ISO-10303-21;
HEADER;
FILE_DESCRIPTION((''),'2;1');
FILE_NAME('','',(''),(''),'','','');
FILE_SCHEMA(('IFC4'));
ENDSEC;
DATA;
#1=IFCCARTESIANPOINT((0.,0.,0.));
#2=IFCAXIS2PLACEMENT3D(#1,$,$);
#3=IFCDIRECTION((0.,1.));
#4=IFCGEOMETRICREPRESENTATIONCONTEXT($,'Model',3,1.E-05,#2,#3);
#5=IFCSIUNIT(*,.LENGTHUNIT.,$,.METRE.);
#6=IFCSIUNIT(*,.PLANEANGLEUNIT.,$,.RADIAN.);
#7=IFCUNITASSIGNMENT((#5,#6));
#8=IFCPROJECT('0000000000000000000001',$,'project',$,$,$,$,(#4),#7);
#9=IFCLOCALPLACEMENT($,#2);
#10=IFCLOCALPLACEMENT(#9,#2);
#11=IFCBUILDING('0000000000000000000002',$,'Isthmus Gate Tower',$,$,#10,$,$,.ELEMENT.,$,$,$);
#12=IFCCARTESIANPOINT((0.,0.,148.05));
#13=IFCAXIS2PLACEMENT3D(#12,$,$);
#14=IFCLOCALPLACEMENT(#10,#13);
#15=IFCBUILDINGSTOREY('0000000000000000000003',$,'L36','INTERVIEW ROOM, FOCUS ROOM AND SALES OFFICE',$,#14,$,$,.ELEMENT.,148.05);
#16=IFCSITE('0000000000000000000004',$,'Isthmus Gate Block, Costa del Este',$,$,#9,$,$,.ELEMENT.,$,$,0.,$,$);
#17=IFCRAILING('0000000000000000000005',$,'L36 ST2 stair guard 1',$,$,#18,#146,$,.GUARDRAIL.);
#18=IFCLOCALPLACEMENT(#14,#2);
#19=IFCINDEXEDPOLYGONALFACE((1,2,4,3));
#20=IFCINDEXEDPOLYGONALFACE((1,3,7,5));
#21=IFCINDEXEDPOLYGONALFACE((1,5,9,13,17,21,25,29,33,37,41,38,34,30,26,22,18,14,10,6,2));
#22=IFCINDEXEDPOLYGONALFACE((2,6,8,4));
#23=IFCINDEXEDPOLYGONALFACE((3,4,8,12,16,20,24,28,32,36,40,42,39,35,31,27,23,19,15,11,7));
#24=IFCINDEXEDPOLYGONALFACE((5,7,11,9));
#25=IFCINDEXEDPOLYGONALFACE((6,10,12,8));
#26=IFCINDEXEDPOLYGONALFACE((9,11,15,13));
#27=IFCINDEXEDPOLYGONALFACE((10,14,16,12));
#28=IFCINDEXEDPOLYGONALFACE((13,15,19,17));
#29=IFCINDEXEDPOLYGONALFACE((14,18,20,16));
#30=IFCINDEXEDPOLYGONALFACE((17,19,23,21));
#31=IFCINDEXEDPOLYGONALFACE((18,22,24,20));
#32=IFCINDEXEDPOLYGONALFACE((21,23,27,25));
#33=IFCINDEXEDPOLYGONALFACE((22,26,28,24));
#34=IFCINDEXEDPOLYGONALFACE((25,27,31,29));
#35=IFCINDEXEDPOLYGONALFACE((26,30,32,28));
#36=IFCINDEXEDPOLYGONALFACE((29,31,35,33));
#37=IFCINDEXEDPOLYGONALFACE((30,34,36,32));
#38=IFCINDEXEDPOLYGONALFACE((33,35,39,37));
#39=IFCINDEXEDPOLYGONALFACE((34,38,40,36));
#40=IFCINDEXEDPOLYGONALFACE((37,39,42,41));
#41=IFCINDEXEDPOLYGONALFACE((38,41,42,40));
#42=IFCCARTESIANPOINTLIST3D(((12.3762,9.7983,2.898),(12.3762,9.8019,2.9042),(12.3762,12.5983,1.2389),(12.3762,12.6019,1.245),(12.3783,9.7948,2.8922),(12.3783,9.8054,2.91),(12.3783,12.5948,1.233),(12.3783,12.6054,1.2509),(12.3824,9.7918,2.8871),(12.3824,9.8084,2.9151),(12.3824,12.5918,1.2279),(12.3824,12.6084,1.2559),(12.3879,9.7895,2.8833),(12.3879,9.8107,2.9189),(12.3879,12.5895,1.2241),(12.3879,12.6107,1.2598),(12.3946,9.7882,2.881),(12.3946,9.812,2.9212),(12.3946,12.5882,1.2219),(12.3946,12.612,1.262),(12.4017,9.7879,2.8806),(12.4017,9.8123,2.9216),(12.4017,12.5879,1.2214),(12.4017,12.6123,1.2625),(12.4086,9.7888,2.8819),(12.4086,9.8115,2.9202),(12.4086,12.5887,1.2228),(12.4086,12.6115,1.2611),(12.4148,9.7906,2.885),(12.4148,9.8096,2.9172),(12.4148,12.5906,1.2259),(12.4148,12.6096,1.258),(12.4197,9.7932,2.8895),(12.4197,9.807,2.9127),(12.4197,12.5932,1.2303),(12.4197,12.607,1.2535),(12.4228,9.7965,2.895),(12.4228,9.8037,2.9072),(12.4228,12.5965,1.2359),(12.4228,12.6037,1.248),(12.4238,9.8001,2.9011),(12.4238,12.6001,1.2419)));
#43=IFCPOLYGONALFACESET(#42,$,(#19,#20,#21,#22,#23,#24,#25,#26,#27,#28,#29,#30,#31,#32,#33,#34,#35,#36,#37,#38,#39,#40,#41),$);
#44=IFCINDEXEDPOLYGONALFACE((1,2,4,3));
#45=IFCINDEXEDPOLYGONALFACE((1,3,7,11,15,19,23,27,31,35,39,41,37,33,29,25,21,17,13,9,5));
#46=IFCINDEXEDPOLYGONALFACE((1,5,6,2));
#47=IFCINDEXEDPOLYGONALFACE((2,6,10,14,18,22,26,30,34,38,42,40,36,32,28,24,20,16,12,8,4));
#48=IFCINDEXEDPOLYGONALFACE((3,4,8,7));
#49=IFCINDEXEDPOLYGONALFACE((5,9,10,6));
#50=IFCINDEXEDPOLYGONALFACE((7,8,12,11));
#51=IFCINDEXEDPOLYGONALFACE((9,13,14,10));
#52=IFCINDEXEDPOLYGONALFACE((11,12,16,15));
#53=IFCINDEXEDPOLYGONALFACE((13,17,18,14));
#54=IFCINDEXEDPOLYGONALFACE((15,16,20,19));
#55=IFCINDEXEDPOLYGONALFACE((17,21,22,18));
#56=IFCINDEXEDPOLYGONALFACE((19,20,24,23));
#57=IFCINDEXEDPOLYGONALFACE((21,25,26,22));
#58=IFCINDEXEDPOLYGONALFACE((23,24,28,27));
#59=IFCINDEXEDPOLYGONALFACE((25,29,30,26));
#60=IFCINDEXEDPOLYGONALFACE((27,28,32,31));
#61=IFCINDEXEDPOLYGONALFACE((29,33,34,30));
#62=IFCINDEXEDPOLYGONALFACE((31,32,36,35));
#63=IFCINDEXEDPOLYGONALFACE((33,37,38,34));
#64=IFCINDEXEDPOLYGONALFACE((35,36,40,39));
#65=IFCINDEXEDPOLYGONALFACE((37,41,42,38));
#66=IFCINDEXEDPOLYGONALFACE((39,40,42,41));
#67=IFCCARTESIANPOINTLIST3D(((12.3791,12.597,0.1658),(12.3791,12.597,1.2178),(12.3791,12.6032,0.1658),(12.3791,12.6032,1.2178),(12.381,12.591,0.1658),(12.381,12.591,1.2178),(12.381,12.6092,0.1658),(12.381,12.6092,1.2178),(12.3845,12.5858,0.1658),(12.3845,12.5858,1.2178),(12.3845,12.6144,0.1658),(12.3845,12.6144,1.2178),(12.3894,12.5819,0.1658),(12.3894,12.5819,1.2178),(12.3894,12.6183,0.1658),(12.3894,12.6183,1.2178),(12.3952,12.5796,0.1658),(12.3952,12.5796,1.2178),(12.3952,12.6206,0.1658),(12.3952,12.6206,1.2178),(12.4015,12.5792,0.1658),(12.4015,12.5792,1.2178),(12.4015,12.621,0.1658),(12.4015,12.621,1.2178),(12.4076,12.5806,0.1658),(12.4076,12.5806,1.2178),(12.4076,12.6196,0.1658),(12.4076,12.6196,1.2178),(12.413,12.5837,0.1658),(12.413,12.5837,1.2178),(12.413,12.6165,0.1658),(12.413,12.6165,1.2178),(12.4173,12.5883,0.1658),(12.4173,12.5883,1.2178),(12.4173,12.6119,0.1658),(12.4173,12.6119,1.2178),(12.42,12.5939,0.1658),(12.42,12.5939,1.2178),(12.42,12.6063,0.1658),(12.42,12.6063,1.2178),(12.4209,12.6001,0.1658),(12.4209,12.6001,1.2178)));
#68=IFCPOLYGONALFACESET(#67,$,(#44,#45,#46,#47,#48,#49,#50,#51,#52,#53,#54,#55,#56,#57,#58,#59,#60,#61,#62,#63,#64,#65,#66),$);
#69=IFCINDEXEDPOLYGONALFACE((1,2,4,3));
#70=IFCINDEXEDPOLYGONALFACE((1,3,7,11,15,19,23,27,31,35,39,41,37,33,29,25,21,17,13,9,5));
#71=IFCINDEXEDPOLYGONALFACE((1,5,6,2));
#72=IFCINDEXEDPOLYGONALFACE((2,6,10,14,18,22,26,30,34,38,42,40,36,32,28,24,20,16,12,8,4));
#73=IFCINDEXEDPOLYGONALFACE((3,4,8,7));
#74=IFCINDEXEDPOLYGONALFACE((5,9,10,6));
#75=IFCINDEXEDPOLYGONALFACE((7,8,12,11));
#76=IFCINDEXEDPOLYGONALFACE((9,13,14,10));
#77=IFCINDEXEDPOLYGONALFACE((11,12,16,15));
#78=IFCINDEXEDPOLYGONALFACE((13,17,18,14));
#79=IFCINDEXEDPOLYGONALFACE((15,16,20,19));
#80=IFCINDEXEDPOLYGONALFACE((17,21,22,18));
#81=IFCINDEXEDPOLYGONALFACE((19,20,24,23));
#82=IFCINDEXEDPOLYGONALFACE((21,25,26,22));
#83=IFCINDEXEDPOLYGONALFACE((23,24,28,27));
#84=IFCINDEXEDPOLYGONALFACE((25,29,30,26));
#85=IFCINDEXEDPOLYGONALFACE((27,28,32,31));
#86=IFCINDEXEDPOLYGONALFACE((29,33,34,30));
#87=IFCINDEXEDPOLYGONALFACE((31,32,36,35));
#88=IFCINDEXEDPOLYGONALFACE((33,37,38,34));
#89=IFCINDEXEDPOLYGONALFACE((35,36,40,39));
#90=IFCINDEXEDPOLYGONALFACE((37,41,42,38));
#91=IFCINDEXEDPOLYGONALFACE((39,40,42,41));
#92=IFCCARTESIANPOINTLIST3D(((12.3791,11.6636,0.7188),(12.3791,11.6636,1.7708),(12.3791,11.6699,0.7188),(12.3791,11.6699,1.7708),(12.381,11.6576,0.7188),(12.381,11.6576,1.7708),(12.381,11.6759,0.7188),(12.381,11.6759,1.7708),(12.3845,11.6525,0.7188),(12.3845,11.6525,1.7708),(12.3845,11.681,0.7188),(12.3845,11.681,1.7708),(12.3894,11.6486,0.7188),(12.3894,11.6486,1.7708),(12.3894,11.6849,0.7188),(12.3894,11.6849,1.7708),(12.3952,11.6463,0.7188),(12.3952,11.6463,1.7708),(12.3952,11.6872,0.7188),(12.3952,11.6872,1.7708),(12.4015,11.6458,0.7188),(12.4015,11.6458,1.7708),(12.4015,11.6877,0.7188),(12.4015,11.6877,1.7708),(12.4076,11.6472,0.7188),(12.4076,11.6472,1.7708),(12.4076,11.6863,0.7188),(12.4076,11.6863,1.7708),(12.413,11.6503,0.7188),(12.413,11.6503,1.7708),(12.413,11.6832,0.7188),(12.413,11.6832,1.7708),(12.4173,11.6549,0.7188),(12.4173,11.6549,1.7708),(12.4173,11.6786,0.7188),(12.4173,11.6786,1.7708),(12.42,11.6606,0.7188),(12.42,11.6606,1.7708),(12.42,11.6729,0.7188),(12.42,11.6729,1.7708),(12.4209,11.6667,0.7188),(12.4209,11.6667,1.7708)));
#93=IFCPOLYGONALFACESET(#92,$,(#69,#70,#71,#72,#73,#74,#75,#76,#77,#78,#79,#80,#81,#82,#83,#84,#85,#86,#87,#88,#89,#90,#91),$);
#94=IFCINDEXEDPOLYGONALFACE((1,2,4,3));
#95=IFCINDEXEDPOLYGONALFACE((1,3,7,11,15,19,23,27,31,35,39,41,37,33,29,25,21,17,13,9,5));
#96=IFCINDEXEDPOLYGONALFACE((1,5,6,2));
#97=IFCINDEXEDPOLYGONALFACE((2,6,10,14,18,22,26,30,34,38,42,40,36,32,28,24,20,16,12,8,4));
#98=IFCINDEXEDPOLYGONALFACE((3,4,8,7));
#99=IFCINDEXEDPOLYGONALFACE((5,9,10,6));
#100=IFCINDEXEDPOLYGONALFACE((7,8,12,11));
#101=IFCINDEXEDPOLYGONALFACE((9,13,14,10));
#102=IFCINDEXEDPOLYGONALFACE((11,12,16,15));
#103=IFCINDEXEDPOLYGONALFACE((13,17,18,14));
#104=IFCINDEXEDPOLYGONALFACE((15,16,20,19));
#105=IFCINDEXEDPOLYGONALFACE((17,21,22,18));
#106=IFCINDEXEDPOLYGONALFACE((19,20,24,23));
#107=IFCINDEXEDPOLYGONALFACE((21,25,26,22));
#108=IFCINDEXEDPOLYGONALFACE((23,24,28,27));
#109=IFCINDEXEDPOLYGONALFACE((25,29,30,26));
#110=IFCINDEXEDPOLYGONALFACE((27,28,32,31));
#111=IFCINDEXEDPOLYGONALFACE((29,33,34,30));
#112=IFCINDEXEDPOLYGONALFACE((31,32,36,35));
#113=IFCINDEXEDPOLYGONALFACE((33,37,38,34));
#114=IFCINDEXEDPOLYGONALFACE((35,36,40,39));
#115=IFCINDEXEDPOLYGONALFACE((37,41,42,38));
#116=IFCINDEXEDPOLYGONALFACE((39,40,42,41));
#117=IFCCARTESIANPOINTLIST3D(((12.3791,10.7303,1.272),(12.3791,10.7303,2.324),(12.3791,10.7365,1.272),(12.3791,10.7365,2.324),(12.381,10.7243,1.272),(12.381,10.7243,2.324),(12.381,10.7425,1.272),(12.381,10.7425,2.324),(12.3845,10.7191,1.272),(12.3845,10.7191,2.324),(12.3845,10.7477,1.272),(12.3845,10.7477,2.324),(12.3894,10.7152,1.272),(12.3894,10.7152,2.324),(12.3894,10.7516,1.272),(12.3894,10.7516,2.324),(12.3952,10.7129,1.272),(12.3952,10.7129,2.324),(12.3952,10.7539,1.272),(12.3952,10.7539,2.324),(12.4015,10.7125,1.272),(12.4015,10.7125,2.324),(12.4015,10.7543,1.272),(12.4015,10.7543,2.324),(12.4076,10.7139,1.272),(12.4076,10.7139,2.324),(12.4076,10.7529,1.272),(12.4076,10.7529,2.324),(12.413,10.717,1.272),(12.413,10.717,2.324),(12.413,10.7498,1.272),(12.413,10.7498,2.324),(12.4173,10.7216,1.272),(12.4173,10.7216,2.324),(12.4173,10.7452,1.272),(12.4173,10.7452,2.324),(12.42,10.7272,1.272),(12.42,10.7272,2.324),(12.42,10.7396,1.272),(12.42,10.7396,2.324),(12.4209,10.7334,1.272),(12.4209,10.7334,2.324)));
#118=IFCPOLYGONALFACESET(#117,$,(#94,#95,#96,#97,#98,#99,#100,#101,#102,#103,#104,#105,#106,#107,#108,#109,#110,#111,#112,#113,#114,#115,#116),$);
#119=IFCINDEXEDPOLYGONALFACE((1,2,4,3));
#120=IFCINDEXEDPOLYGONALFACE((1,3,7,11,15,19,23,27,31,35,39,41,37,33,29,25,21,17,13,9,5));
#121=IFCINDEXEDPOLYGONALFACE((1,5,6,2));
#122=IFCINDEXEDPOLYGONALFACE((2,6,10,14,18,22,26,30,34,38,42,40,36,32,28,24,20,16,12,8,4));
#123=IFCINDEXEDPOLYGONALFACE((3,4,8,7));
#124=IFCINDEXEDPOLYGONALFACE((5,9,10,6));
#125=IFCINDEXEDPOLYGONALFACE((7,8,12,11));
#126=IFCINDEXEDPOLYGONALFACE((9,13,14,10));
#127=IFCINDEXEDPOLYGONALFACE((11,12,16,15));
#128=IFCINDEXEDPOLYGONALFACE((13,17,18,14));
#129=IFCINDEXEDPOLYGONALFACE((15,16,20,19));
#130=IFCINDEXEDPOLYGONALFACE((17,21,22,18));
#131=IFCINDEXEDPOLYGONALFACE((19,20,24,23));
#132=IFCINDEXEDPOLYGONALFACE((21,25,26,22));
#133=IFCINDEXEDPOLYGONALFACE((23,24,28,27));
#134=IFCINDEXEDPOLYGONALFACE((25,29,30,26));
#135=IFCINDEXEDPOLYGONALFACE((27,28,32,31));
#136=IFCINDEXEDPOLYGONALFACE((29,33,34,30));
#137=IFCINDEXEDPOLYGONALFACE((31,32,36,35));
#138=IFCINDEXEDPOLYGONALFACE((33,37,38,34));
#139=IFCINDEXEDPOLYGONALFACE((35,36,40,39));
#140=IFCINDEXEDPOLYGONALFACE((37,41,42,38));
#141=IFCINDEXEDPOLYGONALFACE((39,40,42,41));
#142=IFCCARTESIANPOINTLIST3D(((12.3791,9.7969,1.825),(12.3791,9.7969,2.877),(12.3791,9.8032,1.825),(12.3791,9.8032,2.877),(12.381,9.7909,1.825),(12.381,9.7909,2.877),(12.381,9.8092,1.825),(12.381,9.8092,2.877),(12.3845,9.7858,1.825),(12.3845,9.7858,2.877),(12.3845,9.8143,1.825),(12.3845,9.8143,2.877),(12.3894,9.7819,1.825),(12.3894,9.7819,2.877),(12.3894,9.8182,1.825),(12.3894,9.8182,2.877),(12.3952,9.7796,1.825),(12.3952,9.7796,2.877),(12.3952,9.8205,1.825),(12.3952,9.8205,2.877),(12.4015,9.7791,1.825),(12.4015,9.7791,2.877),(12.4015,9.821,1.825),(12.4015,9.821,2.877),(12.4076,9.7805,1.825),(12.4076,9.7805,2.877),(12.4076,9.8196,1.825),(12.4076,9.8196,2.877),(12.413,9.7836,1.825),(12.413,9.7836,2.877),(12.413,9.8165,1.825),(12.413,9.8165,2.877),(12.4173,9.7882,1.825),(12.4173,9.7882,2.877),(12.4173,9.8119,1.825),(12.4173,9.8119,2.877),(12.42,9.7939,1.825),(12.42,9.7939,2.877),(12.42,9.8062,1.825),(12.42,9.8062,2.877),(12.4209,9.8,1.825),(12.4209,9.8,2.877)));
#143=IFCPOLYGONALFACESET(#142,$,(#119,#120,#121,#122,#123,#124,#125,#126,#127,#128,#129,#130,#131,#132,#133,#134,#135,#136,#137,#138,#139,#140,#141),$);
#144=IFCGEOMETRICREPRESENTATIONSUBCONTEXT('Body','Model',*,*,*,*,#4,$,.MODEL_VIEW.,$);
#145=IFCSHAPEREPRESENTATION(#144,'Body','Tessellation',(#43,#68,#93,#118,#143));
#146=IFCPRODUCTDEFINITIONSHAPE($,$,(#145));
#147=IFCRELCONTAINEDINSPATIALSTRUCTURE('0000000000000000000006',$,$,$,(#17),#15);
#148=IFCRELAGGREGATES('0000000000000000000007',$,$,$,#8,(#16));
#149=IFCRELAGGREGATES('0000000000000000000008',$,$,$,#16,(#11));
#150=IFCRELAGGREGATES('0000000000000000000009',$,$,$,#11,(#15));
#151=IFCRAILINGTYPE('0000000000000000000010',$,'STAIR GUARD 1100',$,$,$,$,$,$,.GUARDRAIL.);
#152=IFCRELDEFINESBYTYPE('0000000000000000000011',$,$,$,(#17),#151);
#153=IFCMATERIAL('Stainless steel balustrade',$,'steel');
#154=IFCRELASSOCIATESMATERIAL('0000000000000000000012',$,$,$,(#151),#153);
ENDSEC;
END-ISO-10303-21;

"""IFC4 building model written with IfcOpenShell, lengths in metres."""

from ifc_helpers import new_model, si_unit, direction, frame, origin, origin_2d, place, context, subcontext, project, spatial, circle, extrude, material, type_object, element, save


model = new_model("IFC4")

# Units and contexts
model_context = context("Model", 3, precision=1e-05, world=origin(), true_north=direction((0.0, 1.0)))
body_context = subcontext(model_context, "Body", "Model", "MODEL_VIEW")
ifc_project = project(units=[si_unit("LENGTHUNIT", "METRE"), si_unit("PLANEANGLEUNIT", "RADIAN")], contexts=[model_context])

# Site, building, storey
site_placement = place(None, origin())
site = spatial("IfcSite", under=ifc_project, at=site_placement, Name="Isthmus Gate Block, Costa del Este", CompositionType="ELEMENT", RefElevation=0.0)
building_placement = place(site_placement, origin())
building = spatial("IfcBuilding", under=site, at=building_placement, Name="Isthmus Gate Tower", CompositionType="ELEMENT")
storey_placement = place(building_placement, frame((0.0, 0.0, 148.05)))
storey = spatial("IfcBuildingStorey", under=building, at=storey_placement, Name="L36", Description="INTERVIEW ROOM, FOCUS ROOM AND SALES OFFICE", CompositionType="ELEMENT", Elevation=148.05)

# Railing
ifc_material_1 = material(Name="Stainless steel balustrade", Category="steel")
railing_type_1 = type_object("IfcRailingType", Name="STAIR GUARD 1100", PredefinedType="GUARDRAIL", material=ifc_material_1)
railing_1_placement = place(storey_placement, frame((12.3999, 12.6001, 0.1658)))
element("IfcRailing", 1, at=railing_1_placement, inside=storey, type_object=railing_type_1, Name="L36 ST2 stair guard 1", PredefinedType="GUARDRAIL", context=body_context, shape_type="SweptSolid", body=[
    extrude(circle(Radius=0.0239, at=origin_2d()), frame((0.0, 0.0, 1.0762), z_axis=(0.0, -0.860306, 0.509778), x_axis=(1.0, 0.0, 0.0)), (0.0, 0.0, 1.0), 3.2546),
    extrude(circle(Radius=0.021, at=origin_2d()), origin(), (0.0, 0.0, 1.0), 1.052),
    extrude(circle(Radius=0.021, at=origin_2d()), frame((0.0, -0.9333, 0.553)), (0.0, 0.0, 1.0), 1.052),
    extrude(circle(Radius=0.021, at=origin_2d()), frame((0.0, -1.8667, 1.1062)), (0.0, 0.0, 1.0), 1.052),
    extrude(circle(Radius=0.021, at=origin_2d()), frame((0.0, -2.8, 1.6592)), (0.0, 0.0, 1.0), 1.052),
])

save(model, "model.ifc")
